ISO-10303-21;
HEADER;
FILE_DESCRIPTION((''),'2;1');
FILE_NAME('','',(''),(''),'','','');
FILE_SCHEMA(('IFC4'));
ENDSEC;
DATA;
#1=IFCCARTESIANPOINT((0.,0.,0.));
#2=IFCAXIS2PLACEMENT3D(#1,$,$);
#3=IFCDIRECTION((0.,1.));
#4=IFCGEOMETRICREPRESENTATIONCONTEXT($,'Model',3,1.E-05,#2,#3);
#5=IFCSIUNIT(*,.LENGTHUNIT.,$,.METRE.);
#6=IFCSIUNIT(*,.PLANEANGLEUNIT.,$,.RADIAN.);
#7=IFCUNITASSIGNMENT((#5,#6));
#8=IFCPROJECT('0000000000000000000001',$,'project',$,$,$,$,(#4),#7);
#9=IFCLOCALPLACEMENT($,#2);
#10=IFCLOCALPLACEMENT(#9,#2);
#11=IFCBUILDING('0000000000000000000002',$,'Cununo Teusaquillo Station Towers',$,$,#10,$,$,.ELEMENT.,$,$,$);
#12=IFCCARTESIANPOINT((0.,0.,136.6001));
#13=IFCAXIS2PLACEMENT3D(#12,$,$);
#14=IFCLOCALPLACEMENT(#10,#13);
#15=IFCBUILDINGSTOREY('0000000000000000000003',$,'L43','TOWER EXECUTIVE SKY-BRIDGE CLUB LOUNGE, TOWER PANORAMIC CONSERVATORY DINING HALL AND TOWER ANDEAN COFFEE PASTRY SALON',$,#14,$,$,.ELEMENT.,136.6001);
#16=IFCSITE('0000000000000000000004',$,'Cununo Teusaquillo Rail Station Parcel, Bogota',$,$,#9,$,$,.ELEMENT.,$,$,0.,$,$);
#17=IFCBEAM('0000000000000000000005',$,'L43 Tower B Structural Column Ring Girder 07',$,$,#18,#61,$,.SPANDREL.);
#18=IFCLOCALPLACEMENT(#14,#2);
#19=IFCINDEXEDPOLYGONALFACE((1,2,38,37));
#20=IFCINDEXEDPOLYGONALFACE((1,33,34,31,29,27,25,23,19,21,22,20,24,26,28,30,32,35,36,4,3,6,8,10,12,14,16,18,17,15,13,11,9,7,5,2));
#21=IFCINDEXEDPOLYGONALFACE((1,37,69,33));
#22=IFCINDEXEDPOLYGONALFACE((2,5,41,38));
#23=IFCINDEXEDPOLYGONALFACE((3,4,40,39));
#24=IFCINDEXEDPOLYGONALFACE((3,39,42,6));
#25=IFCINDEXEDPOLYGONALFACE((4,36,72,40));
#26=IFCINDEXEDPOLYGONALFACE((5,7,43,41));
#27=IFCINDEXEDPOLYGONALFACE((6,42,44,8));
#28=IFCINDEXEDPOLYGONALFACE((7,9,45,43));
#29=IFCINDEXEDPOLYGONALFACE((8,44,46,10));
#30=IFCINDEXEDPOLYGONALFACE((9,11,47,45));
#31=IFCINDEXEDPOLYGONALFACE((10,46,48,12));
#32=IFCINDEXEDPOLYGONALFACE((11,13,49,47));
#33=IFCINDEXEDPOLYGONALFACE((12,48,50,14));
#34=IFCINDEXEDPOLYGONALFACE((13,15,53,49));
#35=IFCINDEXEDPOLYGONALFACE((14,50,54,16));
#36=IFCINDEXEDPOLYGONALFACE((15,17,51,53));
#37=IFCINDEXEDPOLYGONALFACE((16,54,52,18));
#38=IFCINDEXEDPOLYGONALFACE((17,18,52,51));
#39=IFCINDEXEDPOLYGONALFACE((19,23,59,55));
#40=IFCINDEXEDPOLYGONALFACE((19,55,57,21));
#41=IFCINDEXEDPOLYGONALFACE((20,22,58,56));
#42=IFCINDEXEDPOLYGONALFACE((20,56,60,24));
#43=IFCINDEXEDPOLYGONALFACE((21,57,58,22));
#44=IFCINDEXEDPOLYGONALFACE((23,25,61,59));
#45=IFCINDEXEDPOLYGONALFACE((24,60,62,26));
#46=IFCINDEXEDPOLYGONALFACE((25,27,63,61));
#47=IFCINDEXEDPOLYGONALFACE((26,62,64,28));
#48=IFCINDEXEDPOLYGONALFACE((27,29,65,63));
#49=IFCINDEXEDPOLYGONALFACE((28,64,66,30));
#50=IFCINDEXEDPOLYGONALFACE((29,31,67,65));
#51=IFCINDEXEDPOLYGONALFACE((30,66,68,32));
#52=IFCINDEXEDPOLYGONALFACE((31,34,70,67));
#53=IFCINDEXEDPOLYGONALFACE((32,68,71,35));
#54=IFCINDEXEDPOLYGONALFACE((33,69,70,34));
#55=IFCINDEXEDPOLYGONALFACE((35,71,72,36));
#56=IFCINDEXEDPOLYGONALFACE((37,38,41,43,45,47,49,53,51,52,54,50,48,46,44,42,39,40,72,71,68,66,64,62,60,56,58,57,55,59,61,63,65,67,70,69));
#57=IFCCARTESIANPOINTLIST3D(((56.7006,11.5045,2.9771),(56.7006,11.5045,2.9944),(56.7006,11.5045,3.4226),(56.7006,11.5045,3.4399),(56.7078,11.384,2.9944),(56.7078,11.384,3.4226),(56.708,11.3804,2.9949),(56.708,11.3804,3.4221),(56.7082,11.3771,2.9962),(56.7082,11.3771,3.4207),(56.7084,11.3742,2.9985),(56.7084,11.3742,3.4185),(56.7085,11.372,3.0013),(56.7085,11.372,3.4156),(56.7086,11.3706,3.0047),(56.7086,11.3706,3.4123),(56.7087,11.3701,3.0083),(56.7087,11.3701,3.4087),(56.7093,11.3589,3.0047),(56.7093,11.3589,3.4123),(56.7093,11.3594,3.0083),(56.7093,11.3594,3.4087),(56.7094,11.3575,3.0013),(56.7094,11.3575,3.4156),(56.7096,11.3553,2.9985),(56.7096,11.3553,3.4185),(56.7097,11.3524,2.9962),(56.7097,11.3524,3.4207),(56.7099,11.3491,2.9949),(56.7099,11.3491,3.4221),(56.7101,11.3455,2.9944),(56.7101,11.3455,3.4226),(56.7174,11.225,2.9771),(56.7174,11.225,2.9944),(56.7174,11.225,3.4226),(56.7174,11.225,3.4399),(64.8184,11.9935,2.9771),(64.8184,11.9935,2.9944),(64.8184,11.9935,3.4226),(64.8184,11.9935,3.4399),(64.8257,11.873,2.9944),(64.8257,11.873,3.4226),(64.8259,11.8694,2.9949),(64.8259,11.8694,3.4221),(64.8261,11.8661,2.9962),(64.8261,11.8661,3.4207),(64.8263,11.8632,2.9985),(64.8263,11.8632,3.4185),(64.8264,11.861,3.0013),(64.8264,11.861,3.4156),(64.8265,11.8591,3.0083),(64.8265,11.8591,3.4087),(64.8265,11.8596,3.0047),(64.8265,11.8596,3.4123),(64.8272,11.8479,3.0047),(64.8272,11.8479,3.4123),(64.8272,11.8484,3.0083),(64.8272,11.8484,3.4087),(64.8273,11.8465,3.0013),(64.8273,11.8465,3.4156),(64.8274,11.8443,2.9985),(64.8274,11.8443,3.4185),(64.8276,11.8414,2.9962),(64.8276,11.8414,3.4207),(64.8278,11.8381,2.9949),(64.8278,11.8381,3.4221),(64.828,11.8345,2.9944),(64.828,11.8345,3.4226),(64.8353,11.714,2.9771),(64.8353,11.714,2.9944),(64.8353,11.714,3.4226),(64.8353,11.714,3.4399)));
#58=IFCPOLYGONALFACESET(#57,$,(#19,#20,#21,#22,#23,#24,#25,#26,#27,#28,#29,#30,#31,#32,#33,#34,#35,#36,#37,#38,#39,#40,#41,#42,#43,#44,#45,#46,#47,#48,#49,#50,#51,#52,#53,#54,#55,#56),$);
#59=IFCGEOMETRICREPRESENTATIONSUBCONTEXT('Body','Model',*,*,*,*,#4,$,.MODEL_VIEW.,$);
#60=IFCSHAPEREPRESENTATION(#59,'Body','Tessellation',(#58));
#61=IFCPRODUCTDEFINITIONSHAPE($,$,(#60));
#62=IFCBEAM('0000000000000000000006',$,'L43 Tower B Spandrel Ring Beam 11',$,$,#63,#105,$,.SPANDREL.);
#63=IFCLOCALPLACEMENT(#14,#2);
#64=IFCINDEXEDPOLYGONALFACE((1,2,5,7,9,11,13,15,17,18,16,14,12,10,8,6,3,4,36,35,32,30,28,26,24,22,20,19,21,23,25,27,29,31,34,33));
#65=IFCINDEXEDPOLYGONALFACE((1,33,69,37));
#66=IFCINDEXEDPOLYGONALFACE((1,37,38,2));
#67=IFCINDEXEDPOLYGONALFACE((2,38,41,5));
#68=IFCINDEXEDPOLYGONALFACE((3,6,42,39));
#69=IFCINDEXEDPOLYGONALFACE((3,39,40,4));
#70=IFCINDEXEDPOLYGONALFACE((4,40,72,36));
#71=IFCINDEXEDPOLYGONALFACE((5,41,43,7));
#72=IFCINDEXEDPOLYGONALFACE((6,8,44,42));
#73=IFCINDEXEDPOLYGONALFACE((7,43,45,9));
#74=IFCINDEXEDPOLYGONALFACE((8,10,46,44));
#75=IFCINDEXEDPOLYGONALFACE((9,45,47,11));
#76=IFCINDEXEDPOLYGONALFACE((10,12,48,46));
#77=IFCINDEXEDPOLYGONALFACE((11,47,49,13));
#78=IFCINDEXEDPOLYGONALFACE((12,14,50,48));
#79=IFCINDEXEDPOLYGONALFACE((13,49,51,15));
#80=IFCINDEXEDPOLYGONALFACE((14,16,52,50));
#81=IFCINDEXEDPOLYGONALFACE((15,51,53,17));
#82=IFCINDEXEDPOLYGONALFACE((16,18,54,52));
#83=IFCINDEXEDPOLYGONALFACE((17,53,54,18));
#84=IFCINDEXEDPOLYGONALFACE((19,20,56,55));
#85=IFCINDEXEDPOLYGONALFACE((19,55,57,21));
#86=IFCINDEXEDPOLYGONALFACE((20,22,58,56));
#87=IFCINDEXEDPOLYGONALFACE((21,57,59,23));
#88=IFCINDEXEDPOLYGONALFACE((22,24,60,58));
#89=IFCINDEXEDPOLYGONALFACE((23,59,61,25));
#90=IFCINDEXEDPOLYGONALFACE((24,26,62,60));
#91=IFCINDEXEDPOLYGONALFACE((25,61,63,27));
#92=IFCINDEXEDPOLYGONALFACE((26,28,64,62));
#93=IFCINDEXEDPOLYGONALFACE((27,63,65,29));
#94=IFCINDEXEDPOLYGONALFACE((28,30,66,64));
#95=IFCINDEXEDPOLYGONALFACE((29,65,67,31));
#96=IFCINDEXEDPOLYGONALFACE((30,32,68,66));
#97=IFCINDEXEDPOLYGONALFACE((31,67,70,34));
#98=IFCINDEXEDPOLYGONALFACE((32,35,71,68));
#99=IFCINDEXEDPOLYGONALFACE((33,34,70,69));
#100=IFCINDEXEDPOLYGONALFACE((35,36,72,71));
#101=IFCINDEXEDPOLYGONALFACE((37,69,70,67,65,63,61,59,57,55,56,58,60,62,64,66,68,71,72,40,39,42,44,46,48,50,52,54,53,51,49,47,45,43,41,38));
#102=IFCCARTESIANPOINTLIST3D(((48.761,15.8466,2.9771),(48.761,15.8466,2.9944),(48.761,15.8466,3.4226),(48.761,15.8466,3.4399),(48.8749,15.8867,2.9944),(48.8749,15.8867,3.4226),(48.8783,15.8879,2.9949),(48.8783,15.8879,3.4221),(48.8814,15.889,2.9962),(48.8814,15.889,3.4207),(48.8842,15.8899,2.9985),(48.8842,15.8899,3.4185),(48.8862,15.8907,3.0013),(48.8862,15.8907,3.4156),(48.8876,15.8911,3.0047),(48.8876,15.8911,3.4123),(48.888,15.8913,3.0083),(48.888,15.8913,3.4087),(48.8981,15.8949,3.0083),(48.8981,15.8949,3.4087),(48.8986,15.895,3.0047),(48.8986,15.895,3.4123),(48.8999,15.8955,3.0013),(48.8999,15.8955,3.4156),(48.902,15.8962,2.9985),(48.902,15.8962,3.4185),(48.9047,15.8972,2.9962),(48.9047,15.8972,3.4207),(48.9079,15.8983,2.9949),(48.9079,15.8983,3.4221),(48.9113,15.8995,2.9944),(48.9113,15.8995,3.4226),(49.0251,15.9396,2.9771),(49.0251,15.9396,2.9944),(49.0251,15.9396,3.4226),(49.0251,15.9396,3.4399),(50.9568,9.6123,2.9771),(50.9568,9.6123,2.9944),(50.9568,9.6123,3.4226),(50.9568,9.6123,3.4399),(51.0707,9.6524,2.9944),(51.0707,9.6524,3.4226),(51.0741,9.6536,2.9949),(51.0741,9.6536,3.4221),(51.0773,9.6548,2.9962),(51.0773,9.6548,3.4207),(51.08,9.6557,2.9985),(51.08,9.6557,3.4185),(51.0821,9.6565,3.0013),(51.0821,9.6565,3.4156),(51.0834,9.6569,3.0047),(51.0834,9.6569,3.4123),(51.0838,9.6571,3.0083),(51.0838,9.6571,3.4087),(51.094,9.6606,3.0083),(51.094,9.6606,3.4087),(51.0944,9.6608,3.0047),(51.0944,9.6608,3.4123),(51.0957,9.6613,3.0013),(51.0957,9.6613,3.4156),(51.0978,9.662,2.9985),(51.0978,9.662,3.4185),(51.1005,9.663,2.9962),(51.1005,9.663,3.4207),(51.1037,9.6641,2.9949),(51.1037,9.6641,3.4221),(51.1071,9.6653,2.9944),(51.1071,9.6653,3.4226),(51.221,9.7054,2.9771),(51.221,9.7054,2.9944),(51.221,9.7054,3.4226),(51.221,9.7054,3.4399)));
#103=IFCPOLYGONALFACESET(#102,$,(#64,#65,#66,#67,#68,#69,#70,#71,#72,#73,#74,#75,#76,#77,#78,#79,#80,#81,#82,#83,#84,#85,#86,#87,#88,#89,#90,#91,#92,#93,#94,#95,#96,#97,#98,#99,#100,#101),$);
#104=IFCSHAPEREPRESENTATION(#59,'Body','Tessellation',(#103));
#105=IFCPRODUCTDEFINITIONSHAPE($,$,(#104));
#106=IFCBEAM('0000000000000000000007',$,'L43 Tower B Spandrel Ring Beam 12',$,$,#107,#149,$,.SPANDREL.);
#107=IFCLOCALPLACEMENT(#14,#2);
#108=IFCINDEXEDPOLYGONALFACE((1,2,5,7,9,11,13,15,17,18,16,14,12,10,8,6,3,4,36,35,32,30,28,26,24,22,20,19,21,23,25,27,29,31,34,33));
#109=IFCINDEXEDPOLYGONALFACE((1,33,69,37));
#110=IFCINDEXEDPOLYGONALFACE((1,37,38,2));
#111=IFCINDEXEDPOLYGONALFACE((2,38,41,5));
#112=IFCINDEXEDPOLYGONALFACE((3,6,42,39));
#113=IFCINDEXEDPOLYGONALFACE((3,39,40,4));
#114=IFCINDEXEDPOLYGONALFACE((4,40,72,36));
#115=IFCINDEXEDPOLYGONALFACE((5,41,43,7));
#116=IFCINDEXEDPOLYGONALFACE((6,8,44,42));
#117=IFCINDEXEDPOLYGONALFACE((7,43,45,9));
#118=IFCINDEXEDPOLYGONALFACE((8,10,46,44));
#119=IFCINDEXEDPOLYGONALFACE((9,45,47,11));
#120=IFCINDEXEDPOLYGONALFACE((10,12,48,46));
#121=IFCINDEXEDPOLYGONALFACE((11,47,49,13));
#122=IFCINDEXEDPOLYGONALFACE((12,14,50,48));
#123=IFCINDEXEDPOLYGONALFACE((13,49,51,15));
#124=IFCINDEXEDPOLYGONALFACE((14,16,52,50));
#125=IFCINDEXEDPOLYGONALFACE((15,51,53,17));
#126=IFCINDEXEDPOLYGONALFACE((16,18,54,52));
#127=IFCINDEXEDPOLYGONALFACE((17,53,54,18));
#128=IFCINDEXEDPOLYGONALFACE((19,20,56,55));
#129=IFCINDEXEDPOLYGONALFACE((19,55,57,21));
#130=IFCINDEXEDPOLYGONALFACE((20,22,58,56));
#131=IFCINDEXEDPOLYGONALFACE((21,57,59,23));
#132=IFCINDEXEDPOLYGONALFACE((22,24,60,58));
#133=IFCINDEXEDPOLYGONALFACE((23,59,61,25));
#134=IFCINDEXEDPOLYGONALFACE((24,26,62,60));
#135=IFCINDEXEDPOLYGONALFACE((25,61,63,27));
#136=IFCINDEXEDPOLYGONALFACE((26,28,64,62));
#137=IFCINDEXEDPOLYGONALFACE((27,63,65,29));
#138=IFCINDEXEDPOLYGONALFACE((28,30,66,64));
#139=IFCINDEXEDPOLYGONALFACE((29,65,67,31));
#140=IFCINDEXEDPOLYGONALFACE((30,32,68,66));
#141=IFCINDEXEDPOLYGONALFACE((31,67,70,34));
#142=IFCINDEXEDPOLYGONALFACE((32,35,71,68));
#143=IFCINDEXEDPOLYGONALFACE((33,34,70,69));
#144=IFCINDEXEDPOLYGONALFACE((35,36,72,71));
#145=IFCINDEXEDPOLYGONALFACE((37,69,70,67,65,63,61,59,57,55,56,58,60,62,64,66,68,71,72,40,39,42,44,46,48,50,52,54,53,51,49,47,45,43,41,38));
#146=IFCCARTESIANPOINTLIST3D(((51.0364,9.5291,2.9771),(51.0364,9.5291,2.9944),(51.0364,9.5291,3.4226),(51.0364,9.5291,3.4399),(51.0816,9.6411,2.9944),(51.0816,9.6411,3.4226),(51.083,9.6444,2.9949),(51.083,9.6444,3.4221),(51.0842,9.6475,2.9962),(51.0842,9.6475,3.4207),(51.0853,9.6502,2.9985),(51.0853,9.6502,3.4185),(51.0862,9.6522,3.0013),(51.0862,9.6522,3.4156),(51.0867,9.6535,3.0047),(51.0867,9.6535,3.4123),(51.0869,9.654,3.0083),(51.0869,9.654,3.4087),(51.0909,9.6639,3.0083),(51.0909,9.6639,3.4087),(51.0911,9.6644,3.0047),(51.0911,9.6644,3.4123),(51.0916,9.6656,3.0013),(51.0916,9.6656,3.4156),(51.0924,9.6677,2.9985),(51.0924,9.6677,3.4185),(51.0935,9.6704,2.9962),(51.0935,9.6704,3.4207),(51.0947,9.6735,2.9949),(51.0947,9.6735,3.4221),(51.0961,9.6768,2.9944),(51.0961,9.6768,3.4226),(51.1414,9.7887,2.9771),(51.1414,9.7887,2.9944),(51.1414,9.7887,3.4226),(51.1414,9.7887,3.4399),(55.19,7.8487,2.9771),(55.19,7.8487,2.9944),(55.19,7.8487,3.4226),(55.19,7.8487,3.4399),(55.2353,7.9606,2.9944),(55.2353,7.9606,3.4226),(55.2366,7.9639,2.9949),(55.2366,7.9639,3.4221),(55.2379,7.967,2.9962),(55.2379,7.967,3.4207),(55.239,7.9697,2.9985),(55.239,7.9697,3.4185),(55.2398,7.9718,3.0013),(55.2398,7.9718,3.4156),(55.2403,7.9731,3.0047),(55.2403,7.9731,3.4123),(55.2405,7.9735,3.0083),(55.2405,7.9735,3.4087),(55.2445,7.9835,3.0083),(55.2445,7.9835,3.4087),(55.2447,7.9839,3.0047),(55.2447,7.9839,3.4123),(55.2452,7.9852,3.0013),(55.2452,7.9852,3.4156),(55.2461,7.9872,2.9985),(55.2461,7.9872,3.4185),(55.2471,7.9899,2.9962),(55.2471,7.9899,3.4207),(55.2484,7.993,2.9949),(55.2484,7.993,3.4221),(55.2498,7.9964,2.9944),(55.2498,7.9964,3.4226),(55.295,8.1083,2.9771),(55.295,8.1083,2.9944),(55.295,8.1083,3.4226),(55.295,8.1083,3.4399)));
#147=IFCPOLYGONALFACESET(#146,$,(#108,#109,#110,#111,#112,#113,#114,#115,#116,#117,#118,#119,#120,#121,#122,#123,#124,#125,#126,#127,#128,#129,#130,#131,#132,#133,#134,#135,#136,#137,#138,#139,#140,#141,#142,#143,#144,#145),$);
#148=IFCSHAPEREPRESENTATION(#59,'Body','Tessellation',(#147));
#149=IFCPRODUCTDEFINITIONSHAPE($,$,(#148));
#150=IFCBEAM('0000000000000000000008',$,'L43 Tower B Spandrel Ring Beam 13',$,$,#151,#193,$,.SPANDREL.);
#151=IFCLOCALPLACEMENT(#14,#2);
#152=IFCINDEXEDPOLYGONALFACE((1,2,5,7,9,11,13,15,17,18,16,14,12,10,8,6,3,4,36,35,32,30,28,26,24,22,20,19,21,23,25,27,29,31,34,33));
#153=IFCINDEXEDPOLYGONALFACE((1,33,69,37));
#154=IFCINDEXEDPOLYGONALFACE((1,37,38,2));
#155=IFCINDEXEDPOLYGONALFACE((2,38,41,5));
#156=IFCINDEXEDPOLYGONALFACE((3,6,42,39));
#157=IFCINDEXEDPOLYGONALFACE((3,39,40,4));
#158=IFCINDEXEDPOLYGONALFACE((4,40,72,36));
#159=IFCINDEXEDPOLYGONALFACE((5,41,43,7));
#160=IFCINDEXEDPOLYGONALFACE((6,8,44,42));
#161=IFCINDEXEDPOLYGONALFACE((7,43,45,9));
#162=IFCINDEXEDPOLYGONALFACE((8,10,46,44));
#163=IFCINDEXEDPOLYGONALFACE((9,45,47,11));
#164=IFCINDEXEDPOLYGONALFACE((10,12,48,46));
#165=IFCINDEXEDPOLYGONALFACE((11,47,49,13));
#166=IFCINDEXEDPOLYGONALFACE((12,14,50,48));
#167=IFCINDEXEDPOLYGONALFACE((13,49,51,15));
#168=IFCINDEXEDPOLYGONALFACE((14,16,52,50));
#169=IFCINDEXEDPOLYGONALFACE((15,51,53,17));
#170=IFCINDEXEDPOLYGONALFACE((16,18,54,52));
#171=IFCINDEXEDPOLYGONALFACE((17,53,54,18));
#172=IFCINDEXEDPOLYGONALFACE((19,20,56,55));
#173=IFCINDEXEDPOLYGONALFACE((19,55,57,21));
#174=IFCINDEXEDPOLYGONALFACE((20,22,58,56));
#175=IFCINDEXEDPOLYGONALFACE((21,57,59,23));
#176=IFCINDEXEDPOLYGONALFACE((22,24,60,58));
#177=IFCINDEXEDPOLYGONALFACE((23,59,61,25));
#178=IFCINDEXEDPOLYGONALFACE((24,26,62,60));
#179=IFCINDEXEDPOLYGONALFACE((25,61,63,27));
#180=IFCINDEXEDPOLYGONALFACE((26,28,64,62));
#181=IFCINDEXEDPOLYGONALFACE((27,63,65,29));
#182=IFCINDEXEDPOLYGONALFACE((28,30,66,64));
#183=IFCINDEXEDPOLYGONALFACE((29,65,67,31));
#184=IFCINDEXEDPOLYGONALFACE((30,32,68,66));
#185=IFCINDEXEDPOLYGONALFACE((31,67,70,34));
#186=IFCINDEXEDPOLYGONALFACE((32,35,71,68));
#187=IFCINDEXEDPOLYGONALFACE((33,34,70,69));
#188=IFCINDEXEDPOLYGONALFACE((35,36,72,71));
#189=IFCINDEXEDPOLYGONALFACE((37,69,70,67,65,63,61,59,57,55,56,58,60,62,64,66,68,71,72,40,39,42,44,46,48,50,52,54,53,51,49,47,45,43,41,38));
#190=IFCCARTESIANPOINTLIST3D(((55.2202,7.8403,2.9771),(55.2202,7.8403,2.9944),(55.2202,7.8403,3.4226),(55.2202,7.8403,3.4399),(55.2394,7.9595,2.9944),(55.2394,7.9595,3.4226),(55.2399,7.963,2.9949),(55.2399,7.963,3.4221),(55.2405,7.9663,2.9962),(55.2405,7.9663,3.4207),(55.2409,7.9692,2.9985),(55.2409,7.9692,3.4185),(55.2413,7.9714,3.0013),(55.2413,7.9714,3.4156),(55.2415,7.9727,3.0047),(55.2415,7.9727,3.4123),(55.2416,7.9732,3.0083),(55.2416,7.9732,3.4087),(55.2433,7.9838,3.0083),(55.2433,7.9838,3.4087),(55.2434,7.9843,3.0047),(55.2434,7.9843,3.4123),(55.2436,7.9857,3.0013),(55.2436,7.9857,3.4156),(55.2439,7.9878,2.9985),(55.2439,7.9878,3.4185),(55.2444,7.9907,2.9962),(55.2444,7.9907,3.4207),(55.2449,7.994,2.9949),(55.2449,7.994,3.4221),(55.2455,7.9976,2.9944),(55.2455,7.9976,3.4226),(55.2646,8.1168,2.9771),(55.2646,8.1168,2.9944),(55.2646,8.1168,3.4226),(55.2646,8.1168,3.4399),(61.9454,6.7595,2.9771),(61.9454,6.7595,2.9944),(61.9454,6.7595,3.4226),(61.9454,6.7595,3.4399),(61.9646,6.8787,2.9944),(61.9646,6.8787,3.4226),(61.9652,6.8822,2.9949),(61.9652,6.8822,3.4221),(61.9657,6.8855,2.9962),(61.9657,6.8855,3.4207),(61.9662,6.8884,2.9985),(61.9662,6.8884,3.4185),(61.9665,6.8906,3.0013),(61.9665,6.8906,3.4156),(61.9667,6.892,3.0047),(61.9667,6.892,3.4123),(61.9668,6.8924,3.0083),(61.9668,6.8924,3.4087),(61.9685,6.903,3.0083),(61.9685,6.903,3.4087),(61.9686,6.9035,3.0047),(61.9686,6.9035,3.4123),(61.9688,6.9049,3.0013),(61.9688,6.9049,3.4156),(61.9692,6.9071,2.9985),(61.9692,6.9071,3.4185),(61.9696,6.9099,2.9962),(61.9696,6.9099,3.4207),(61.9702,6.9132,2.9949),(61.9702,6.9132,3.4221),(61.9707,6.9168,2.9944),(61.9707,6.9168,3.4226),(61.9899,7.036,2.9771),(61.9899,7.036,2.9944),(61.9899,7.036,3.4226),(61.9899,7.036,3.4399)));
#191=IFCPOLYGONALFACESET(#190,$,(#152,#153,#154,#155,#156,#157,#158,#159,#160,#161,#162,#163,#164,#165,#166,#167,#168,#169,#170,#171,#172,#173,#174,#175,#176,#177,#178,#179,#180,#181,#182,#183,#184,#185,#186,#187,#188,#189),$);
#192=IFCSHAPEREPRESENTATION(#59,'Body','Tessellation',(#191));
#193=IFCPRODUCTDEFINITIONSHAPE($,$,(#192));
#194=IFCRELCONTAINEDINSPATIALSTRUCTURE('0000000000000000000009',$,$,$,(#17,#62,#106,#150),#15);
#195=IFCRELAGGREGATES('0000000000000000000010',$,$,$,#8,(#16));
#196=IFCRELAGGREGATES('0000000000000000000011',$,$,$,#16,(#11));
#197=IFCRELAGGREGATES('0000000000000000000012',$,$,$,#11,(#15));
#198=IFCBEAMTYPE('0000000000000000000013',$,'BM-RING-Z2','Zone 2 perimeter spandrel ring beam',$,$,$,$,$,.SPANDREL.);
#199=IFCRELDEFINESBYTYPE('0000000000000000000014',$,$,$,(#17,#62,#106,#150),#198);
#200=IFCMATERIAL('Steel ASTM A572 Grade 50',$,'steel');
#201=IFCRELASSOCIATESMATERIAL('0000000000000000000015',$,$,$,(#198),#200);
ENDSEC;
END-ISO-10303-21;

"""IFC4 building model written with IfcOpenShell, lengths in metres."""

from ifc_helpers import new_model, si_unit, direction, frame, origin, origin_2d, place, context, subcontext, project, spatial, i_section, extrude, material, material_profile, profile_set, type_object, element, save


model = new_model("IFC4")

# Units and contexts
model_context = context("Model", 3, precision=1e-05, world=origin(), true_north=direction((0.0, 1.0)))
body_context = subcontext(model_context, "Body", "Model", "MODEL_VIEW")
ifc_project = project(units=[si_unit("LENGTHUNIT", "METRE"), si_unit("PLANEANGLEUNIT", "RADIAN")], contexts=[model_context])

# Site, building, storey
site_placement = place(None, origin())
site = spatial("IfcSite", under=ifc_project, at=site_placement, Name="Cununo Teusaquillo Rail Station Parcel, Bogota", CompositionType="ELEMENT", RefElevation=0.0)
building_placement = place(site_placement, origin())
building = spatial("IfcBuilding", under=site, at=building_placement, Name="Cununo Teusaquillo Station Towers", CompositionType="ELEMENT")
storey_placement = place(building_placement, frame((0.0, 0.0, 136.6001)))
storey = spatial("IfcBuildingStorey", under=building, at=storey_placement, Name="L43", Description="TOWER EXECUTIVE SKY-BRIDGE CLUB LOUNGE, TOWER PANORAMIC CONSERVATORY DINING HALL AND TOWER ANDEAN COFFEE PASTRY SALON", CompositionType="ELEMENT", Elevation=136.6001)

# Beams
ifc_material_1 = material(Name="Steel ASTM A572 Grade 50", Category="steel")
ifc_material_profile_1 = material_profile(ifc_material_1, i_section(OverallWidth=0.28, OverallDepth=0.4629, WebThickness=0.0107, FlangeThickness=0.0173, FilletRadius=0.0139, at=origin_2d()), Name="W18X76")
ifc_profile_set_1 = profile_set([ifc_material_profile_1], Name="Steel ASTM A572 Grade 50")
beam_type = type_object("IfcBeamType", Name="BM-RING-Z2", Description="Zone 2 perimeter spandrel ring beam", PredefinedType="SPANDREL", material=ifc_profile_set_1)
beam_1_placement = place(storey_placement, frame((56.709, 11.3647, 3.2085), z_axis=(0.998191, 0.06013, 0.0), x_axis=(-0.06013, 0.998191, 0.0)))
element("IfcBeam", 1, at=beam_1_placement, inside=storey, type_object=beam_type, Name="L43 Tower B Structural Column Ring Girder 07", PredefinedType="SPANDREL", context=body_context, shape_type="SweptSolid", body=[
    extrude(i_section(OverallWidth=0.28, OverallDepth=0.4629, WebThickness=0.0107, FlangeThickness=0.0173, FilletRadius=0.0139, at=origin_2d()), origin(), (0.0, 0.0, 1.0), 8.1326),
])
beam_2_placement = place(storey_placement, frame((48.8931, 15.8931, 3.2085), z_axis=(0.332217, -0.943203, 0.0), x_axis=(0.943203, 0.332217, 0.0)))
element("IfcBeam", 2, at=beam_2_placement, inside=storey, type_object=beam_type, Name="L43 Tower B Spandrel Ring Beam 11", PredefinedType="SPANDREL", context=body_context, shape_type="SweptSolid", body=[
    extrude(i_section(OverallWidth=0.28, OverallDepth=0.4629, WebThickness=0.0107, FlangeThickness=0.0173, FilletRadius=0.0139, at=origin_2d()), origin(), (0.0, 0.0, 1.0), 6.6096),
])
beam_3_placement = place(storey_placement, frame((51.0889, 9.6589, 3.2085), z_axis=(0.927008, -0.375042, 0.0), x_axis=(0.375042, 0.927008, 0.0)))
element("IfcBeam", 3, at=beam_3_placement, inside=storey, type_object=beam_type, Name="L43 Tower B Spandrel Ring Beam 12", PredefinedType="SPANDREL", context=body_context, shape_type="SweptSolid", body=[
    extrude(i_section(OverallWidth=0.28, OverallDepth=0.4629, WebThickness=0.0107, FlangeThickness=0.0173, FilletRadius=0.0139, at=origin_2d()), origin(), (0.0, 0.0, 1.0), 4.4807),
])
beam_4_placement = place(storey_placement, frame((55.2424, 7.9785, 3.2085), z_axis=(0.987331, -0.158671, 0.0), x_axis=(0.158671, 0.987331, 0.0)))
element("IfcBeam", 4, at=beam_4_placement, inside=storey, type_object=beam_type, Name="L43 Tower B Spandrel Ring Beam 13", PredefinedType="SPANDREL", context=body_context, shape_type="SweptSolid", body=[
    extrude(i_section(OverallWidth=0.28, OverallDepth=0.4629, WebThickness=0.0107, FlangeThickness=0.0173, FilletRadius=0.0139, at=origin_2d()), origin(), (0.0, 0.0, 1.0), 6.8115),
])

save(model, "model.ifc")
